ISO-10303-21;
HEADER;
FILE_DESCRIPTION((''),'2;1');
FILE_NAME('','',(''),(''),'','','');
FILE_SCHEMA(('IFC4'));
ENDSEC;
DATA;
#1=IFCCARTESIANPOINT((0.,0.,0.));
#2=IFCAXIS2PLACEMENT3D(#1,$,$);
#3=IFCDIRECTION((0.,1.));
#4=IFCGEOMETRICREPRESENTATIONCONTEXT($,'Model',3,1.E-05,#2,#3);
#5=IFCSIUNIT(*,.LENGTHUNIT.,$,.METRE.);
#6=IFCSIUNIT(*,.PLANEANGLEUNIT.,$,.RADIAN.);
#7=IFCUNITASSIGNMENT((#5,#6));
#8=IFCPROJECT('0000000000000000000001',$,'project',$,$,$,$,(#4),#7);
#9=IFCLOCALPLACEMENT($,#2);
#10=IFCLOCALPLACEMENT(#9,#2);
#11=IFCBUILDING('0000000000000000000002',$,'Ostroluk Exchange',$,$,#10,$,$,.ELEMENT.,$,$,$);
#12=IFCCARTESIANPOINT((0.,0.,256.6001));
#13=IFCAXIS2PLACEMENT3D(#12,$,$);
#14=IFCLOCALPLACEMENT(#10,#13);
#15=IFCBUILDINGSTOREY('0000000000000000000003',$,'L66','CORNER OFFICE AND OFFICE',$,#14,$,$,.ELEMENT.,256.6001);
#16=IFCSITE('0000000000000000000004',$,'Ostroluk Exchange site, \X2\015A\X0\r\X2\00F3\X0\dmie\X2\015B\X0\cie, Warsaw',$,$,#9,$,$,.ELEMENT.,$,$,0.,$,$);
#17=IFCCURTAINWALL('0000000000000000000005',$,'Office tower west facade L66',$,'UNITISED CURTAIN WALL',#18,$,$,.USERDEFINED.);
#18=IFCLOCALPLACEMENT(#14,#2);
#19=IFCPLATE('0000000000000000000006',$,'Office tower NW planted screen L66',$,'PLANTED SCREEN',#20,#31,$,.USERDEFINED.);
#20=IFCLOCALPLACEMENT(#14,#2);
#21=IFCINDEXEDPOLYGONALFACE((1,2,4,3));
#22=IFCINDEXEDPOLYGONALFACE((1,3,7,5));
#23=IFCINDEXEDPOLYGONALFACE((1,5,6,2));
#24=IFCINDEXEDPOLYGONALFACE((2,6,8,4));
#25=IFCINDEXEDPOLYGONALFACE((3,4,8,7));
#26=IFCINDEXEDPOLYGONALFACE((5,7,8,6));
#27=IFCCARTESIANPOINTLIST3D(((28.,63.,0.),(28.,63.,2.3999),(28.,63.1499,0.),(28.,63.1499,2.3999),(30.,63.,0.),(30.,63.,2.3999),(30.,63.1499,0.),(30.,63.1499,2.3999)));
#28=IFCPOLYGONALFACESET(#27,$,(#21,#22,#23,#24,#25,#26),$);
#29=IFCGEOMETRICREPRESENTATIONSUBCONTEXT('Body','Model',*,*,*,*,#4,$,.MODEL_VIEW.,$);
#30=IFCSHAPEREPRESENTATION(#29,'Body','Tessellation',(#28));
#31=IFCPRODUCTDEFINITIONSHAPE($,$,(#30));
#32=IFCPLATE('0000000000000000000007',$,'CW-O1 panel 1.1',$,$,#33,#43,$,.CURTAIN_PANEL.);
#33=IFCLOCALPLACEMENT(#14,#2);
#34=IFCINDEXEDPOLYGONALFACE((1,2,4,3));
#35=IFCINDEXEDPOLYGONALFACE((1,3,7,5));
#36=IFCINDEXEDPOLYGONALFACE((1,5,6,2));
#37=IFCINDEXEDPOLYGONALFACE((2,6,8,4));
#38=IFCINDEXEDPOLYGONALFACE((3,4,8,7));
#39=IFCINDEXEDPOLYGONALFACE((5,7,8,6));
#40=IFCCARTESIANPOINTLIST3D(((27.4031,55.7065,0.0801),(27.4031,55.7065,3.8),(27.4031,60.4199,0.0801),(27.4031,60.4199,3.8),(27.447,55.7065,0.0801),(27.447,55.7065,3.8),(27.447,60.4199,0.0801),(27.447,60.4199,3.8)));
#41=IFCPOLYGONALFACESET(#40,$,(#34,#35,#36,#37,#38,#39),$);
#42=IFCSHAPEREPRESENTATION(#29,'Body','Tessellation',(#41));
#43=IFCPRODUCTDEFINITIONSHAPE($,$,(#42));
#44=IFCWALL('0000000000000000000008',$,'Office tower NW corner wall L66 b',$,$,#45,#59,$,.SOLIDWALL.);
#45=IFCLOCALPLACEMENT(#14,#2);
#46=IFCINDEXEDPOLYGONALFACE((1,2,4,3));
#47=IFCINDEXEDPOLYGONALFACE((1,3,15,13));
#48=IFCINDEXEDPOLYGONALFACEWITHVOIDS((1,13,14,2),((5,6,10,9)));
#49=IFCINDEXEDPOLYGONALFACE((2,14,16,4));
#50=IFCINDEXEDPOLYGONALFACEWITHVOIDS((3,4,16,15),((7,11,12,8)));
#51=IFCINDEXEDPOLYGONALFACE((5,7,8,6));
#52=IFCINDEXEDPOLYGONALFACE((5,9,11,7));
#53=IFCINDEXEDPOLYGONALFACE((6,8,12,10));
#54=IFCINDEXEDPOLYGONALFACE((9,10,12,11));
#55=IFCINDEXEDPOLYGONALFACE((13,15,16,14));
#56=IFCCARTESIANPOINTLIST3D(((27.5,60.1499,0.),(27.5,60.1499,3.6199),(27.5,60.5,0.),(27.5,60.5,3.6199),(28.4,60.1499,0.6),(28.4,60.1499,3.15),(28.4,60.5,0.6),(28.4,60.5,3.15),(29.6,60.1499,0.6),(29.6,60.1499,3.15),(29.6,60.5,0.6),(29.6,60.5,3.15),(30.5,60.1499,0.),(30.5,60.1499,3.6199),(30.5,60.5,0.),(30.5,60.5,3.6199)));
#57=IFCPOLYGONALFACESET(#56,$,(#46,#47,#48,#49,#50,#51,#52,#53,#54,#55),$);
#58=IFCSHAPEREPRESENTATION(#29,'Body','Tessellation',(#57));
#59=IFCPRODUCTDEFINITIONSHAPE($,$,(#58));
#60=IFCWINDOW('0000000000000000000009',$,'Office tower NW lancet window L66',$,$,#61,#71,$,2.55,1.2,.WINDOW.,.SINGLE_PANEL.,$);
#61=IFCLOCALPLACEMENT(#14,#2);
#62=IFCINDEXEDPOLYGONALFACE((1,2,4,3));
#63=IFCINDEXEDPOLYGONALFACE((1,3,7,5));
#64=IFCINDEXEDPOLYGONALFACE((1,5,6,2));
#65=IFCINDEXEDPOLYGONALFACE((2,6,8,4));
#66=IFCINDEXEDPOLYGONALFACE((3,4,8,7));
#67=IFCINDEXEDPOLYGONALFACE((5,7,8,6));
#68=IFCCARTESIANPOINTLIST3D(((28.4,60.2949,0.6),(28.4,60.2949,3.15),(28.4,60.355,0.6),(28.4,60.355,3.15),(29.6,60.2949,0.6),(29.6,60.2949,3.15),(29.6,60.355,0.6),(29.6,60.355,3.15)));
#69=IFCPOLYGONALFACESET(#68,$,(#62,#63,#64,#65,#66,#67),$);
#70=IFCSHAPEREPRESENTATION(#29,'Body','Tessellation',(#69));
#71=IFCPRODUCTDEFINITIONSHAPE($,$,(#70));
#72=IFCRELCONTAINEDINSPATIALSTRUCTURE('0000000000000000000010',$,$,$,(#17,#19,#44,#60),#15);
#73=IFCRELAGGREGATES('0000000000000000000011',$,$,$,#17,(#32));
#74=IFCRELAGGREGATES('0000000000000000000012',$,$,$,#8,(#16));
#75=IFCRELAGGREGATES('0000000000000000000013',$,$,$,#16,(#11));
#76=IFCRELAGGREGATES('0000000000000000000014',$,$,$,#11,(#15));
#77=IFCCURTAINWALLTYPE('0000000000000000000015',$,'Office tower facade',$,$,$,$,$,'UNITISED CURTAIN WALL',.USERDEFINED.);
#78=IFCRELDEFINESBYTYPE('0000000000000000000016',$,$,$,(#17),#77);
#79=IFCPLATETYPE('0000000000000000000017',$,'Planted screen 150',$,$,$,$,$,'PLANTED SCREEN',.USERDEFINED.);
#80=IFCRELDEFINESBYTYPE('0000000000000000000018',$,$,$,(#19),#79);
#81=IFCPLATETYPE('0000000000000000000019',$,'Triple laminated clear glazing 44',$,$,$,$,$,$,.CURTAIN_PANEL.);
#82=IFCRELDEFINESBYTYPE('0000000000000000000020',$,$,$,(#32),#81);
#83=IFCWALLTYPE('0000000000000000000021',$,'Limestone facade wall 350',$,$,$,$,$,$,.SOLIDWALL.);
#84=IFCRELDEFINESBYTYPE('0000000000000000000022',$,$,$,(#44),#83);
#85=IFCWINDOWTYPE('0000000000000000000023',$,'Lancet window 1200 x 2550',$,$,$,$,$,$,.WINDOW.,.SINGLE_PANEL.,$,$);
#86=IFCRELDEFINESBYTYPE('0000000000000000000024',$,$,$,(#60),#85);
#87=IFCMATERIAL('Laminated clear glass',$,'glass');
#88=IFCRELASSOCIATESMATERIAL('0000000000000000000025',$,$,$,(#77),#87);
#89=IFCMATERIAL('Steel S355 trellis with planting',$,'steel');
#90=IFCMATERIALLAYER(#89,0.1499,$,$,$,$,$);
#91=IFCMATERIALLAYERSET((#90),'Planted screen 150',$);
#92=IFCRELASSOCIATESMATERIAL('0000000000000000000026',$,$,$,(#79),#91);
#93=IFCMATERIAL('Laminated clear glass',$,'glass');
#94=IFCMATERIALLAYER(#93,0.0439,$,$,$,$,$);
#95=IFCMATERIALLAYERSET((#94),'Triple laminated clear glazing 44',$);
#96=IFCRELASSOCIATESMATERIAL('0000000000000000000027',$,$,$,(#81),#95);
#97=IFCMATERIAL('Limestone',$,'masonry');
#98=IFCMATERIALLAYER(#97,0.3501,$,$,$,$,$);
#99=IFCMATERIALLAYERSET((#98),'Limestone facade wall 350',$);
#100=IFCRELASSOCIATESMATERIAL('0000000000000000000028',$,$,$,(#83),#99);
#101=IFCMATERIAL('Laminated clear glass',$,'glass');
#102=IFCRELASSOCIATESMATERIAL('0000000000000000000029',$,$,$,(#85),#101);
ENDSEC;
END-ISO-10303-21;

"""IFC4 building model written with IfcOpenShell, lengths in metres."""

from ifc_helpers import new_model, si_unit, direction, frame, frame_2d, origin, origin_2d, place, context, subcontext, project, spatial, rectangle, extrude, material, layer, layer_set, type_object, element, fill, aggregate, save


model = new_model("IFC4")

# Units and contexts
model_context = context("Model", 3, precision=1e-05, world=origin(), true_north=direction((0.0, 1.0)))
body_context = subcontext(model_context, "Body", "Model", "MODEL_VIEW")
ifc_project = project(units=[si_unit("LENGTHUNIT", "METRE"), si_unit("PLANEANGLEUNIT", "RADIAN")], contexts=[model_context])

# Site, building, storey
site_placement = place(None, origin())
site = spatial("IfcSite", under=ifc_project, at=site_placement, Name="Ostroluk Exchange site, Śródmieście, Warsaw", CompositionType="ELEMENT", RefElevation=0.0)
building_placement = place(site_placement, origin())
building = spatial("IfcBuilding", under=site, at=building_placement, Name="Ostroluk Exchange", CompositionType="ELEMENT")
storey_placement = place(building_placement, frame((0.0, 0.0, 256.6001)))
storey = spatial("IfcBuildingStorey", under=building, at=storey_placement, Name="L66", Description="CORNER OFFICE AND OFFICE", CompositionType="ELEMENT", Elevation=256.6001)

# Curtain wall
ifc_material_1 = material(Name="Laminated clear glass", Category="glass")
curtain_wall_type = type_object("IfcCurtainWallType", Name="Office tower facade", ElementType="UNITISED CURTAIN WALL", PredefinedType="USERDEFINED", material=ifc_material_1)
curtain_wall_1_placement = place(storey_placement, origin())
curtain_wall_1 = element("IfcCurtainWall", 1, at=curtain_wall_1_placement, inside=storey, type_object=curtain_wall_type, Name="Office tower west facade L66", ObjectType="UNITISED CURTAIN WALL", PredefinedType="USERDEFINED")

# Plates
ifc_material_2 = material(Name="Steel S355 trellis with planting", Category="steel")
ifc_layer_1 = layer(ifc_material_2, 0.1499)
ifc_layer_set_1 = layer_set([ifc_layer_1], Name="Planted screen 150")
plate_type_1 = type_object("IfcPlateType", Name="Planted screen 150", ElementType="PLANTED SCREEN", PredefinedType="USERDEFINED", material=ifc_layer_set_1)
plate_1_placement = place(storey_placement, frame((29.0, 63.075, 0.0), z_axis=(0.0, 0.0, 1.0), x_axis=(1.0, 0.0, 0.0)))
element("IfcPlate", 2, at=plate_1_placement, inside=storey, type_object=plate_type_1, Name="Office tower NW planted screen L66", ObjectType="PLANTED SCREEN", PredefinedType="USERDEFINED", context=body_context, shape_type="SweptSolid", body=[
    extrude(rectangle(XDim=2.0, YDim=0.1499, at=origin_2d()), origin(), (0.0, 0.0, 1.0), 2.3999),
])
ifc_material_3 = material(Name="Laminated clear glass", Category="glass")
ifc_layer_2 = layer(ifc_material_3, 0.0439)
ifc_layer_set_2 = layer_set([ifc_layer_2], Name="Triple laminated clear glazing 44")
plate_type_2 = type_object("IfcPlateType", Name="Triple laminated clear glazing 44", PredefinedType="CURTAIN_PANEL", material=ifc_layer_set_2)
plate_2_placement = place(storey_placement, frame((27.425, 58.0632, 0.0801), z_axis=(0.0, 0.0, 1.0), x_axis=(0.0, -1.0, 0.0)))
plate_2 = element("IfcPlate", 3, at=plate_2_placement, type_object=plate_type_2, Name="CW-O1 panel 1.1", PredefinedType="CURTAIN_PANEL", context=body_context, shape_type="SweptSolid", body=[
    extrude(rectangle(XDim=4.7134, YDim=0.0439, at=origin_2d()), origin(), (0.0, 0.0, 1.0), 3.72),
])
aggregate(curtain_wall_1, [plate_2])

# Shared definitions
ifc_material_4 = material(Name="Limestone", Category="masonry")
ifc_layer_3 = layer(ifc_material_4, 0.3501)
ifc_layer_set_3 = layer_set([ifc_layer_3], Name="Limestone facade wall 350")
wall_type = type_object("IfcWallType", Name="Limestone facade wall 350", PredefinedType="SOLIDWALL", material=ifc_layer_set_3)

# Wall, opening, window
wall_1_placement = place(storey_placement, frame((30.5, 60.325, 0.0), z_axis=(0.0, 0.0, 1.0), x_axis=(-1.0, 0.0, 0.0)))
wall_1 = element("IfcWall", 4, at=wall_1_placement, inside=storey, type_object=wall_type, Name="Office tower NW corner wall L66 b", PredefinedType="SOLIDWALL", context=body_context, shape_type="SweptSolid", body=[
    extrude(rectangle(XDim=3.0, YDim=0.3501, at=frame_2d((1.5, 0.0))), origin(), (0.0, 0.0, 1.0), 3.6199),
])
opening_1_placement = place(wall_1_placement, frame((0.8999, 0.0, 0.6001)))
opening_1 = element("IfcOpeningElement", 5, at=opening_1_placement, cuts=wall_1, PredefinedType="OPENING", context=body_context, shape_type="SweptSolid", body=[
    extrude(rectangle(XDim=1.2, YDim=2.55, at=frame_2d((0.6001, 1.2749))), frame((0.0, 0.1851, 0.0), z_axis=(0.0, -1.0, 0.0), x_axis=(1.0, 0.0, 0.0)), (0.0, 0.0, 1.0), 0.3701),
])
ifc_material_5 = material(Name="Laminated clear glass", Category="glass")
window_type = type_object("IfcWindowType", Name="Lancet window 1200 x 2550", PartitioningType="SINGLE_PANEL", PredefinedType="WINDOW", material=ifc_material_5)
window_placement = place(opening_1_placement, origin())
window = element("IfcWindow", 6, at=window_placement, inside=storey, type_object=window_type, Name="Office tower NW lancet window L66", OverallHeight=2.55, OverallWidth=1.2, PartitioningType="SINGLE_PANEL", PredefinedType="WINDOW", context=body_context, shape_type="SweptSolid", body=[
    extrude(rectangle(XDim=1.2, YDim=2.55, at=frame_2d((0.6001, 1.2749))), frame((0.0, 0.03, 0.0), z_axis=(0.0, -1.0, 0.0), x_axis=(1.0, 0.0, 0.0)), (0.0, 0.0, 1.0), 0.0601),
])
fill(opening_1, window)

save(model, "model.ifc")
